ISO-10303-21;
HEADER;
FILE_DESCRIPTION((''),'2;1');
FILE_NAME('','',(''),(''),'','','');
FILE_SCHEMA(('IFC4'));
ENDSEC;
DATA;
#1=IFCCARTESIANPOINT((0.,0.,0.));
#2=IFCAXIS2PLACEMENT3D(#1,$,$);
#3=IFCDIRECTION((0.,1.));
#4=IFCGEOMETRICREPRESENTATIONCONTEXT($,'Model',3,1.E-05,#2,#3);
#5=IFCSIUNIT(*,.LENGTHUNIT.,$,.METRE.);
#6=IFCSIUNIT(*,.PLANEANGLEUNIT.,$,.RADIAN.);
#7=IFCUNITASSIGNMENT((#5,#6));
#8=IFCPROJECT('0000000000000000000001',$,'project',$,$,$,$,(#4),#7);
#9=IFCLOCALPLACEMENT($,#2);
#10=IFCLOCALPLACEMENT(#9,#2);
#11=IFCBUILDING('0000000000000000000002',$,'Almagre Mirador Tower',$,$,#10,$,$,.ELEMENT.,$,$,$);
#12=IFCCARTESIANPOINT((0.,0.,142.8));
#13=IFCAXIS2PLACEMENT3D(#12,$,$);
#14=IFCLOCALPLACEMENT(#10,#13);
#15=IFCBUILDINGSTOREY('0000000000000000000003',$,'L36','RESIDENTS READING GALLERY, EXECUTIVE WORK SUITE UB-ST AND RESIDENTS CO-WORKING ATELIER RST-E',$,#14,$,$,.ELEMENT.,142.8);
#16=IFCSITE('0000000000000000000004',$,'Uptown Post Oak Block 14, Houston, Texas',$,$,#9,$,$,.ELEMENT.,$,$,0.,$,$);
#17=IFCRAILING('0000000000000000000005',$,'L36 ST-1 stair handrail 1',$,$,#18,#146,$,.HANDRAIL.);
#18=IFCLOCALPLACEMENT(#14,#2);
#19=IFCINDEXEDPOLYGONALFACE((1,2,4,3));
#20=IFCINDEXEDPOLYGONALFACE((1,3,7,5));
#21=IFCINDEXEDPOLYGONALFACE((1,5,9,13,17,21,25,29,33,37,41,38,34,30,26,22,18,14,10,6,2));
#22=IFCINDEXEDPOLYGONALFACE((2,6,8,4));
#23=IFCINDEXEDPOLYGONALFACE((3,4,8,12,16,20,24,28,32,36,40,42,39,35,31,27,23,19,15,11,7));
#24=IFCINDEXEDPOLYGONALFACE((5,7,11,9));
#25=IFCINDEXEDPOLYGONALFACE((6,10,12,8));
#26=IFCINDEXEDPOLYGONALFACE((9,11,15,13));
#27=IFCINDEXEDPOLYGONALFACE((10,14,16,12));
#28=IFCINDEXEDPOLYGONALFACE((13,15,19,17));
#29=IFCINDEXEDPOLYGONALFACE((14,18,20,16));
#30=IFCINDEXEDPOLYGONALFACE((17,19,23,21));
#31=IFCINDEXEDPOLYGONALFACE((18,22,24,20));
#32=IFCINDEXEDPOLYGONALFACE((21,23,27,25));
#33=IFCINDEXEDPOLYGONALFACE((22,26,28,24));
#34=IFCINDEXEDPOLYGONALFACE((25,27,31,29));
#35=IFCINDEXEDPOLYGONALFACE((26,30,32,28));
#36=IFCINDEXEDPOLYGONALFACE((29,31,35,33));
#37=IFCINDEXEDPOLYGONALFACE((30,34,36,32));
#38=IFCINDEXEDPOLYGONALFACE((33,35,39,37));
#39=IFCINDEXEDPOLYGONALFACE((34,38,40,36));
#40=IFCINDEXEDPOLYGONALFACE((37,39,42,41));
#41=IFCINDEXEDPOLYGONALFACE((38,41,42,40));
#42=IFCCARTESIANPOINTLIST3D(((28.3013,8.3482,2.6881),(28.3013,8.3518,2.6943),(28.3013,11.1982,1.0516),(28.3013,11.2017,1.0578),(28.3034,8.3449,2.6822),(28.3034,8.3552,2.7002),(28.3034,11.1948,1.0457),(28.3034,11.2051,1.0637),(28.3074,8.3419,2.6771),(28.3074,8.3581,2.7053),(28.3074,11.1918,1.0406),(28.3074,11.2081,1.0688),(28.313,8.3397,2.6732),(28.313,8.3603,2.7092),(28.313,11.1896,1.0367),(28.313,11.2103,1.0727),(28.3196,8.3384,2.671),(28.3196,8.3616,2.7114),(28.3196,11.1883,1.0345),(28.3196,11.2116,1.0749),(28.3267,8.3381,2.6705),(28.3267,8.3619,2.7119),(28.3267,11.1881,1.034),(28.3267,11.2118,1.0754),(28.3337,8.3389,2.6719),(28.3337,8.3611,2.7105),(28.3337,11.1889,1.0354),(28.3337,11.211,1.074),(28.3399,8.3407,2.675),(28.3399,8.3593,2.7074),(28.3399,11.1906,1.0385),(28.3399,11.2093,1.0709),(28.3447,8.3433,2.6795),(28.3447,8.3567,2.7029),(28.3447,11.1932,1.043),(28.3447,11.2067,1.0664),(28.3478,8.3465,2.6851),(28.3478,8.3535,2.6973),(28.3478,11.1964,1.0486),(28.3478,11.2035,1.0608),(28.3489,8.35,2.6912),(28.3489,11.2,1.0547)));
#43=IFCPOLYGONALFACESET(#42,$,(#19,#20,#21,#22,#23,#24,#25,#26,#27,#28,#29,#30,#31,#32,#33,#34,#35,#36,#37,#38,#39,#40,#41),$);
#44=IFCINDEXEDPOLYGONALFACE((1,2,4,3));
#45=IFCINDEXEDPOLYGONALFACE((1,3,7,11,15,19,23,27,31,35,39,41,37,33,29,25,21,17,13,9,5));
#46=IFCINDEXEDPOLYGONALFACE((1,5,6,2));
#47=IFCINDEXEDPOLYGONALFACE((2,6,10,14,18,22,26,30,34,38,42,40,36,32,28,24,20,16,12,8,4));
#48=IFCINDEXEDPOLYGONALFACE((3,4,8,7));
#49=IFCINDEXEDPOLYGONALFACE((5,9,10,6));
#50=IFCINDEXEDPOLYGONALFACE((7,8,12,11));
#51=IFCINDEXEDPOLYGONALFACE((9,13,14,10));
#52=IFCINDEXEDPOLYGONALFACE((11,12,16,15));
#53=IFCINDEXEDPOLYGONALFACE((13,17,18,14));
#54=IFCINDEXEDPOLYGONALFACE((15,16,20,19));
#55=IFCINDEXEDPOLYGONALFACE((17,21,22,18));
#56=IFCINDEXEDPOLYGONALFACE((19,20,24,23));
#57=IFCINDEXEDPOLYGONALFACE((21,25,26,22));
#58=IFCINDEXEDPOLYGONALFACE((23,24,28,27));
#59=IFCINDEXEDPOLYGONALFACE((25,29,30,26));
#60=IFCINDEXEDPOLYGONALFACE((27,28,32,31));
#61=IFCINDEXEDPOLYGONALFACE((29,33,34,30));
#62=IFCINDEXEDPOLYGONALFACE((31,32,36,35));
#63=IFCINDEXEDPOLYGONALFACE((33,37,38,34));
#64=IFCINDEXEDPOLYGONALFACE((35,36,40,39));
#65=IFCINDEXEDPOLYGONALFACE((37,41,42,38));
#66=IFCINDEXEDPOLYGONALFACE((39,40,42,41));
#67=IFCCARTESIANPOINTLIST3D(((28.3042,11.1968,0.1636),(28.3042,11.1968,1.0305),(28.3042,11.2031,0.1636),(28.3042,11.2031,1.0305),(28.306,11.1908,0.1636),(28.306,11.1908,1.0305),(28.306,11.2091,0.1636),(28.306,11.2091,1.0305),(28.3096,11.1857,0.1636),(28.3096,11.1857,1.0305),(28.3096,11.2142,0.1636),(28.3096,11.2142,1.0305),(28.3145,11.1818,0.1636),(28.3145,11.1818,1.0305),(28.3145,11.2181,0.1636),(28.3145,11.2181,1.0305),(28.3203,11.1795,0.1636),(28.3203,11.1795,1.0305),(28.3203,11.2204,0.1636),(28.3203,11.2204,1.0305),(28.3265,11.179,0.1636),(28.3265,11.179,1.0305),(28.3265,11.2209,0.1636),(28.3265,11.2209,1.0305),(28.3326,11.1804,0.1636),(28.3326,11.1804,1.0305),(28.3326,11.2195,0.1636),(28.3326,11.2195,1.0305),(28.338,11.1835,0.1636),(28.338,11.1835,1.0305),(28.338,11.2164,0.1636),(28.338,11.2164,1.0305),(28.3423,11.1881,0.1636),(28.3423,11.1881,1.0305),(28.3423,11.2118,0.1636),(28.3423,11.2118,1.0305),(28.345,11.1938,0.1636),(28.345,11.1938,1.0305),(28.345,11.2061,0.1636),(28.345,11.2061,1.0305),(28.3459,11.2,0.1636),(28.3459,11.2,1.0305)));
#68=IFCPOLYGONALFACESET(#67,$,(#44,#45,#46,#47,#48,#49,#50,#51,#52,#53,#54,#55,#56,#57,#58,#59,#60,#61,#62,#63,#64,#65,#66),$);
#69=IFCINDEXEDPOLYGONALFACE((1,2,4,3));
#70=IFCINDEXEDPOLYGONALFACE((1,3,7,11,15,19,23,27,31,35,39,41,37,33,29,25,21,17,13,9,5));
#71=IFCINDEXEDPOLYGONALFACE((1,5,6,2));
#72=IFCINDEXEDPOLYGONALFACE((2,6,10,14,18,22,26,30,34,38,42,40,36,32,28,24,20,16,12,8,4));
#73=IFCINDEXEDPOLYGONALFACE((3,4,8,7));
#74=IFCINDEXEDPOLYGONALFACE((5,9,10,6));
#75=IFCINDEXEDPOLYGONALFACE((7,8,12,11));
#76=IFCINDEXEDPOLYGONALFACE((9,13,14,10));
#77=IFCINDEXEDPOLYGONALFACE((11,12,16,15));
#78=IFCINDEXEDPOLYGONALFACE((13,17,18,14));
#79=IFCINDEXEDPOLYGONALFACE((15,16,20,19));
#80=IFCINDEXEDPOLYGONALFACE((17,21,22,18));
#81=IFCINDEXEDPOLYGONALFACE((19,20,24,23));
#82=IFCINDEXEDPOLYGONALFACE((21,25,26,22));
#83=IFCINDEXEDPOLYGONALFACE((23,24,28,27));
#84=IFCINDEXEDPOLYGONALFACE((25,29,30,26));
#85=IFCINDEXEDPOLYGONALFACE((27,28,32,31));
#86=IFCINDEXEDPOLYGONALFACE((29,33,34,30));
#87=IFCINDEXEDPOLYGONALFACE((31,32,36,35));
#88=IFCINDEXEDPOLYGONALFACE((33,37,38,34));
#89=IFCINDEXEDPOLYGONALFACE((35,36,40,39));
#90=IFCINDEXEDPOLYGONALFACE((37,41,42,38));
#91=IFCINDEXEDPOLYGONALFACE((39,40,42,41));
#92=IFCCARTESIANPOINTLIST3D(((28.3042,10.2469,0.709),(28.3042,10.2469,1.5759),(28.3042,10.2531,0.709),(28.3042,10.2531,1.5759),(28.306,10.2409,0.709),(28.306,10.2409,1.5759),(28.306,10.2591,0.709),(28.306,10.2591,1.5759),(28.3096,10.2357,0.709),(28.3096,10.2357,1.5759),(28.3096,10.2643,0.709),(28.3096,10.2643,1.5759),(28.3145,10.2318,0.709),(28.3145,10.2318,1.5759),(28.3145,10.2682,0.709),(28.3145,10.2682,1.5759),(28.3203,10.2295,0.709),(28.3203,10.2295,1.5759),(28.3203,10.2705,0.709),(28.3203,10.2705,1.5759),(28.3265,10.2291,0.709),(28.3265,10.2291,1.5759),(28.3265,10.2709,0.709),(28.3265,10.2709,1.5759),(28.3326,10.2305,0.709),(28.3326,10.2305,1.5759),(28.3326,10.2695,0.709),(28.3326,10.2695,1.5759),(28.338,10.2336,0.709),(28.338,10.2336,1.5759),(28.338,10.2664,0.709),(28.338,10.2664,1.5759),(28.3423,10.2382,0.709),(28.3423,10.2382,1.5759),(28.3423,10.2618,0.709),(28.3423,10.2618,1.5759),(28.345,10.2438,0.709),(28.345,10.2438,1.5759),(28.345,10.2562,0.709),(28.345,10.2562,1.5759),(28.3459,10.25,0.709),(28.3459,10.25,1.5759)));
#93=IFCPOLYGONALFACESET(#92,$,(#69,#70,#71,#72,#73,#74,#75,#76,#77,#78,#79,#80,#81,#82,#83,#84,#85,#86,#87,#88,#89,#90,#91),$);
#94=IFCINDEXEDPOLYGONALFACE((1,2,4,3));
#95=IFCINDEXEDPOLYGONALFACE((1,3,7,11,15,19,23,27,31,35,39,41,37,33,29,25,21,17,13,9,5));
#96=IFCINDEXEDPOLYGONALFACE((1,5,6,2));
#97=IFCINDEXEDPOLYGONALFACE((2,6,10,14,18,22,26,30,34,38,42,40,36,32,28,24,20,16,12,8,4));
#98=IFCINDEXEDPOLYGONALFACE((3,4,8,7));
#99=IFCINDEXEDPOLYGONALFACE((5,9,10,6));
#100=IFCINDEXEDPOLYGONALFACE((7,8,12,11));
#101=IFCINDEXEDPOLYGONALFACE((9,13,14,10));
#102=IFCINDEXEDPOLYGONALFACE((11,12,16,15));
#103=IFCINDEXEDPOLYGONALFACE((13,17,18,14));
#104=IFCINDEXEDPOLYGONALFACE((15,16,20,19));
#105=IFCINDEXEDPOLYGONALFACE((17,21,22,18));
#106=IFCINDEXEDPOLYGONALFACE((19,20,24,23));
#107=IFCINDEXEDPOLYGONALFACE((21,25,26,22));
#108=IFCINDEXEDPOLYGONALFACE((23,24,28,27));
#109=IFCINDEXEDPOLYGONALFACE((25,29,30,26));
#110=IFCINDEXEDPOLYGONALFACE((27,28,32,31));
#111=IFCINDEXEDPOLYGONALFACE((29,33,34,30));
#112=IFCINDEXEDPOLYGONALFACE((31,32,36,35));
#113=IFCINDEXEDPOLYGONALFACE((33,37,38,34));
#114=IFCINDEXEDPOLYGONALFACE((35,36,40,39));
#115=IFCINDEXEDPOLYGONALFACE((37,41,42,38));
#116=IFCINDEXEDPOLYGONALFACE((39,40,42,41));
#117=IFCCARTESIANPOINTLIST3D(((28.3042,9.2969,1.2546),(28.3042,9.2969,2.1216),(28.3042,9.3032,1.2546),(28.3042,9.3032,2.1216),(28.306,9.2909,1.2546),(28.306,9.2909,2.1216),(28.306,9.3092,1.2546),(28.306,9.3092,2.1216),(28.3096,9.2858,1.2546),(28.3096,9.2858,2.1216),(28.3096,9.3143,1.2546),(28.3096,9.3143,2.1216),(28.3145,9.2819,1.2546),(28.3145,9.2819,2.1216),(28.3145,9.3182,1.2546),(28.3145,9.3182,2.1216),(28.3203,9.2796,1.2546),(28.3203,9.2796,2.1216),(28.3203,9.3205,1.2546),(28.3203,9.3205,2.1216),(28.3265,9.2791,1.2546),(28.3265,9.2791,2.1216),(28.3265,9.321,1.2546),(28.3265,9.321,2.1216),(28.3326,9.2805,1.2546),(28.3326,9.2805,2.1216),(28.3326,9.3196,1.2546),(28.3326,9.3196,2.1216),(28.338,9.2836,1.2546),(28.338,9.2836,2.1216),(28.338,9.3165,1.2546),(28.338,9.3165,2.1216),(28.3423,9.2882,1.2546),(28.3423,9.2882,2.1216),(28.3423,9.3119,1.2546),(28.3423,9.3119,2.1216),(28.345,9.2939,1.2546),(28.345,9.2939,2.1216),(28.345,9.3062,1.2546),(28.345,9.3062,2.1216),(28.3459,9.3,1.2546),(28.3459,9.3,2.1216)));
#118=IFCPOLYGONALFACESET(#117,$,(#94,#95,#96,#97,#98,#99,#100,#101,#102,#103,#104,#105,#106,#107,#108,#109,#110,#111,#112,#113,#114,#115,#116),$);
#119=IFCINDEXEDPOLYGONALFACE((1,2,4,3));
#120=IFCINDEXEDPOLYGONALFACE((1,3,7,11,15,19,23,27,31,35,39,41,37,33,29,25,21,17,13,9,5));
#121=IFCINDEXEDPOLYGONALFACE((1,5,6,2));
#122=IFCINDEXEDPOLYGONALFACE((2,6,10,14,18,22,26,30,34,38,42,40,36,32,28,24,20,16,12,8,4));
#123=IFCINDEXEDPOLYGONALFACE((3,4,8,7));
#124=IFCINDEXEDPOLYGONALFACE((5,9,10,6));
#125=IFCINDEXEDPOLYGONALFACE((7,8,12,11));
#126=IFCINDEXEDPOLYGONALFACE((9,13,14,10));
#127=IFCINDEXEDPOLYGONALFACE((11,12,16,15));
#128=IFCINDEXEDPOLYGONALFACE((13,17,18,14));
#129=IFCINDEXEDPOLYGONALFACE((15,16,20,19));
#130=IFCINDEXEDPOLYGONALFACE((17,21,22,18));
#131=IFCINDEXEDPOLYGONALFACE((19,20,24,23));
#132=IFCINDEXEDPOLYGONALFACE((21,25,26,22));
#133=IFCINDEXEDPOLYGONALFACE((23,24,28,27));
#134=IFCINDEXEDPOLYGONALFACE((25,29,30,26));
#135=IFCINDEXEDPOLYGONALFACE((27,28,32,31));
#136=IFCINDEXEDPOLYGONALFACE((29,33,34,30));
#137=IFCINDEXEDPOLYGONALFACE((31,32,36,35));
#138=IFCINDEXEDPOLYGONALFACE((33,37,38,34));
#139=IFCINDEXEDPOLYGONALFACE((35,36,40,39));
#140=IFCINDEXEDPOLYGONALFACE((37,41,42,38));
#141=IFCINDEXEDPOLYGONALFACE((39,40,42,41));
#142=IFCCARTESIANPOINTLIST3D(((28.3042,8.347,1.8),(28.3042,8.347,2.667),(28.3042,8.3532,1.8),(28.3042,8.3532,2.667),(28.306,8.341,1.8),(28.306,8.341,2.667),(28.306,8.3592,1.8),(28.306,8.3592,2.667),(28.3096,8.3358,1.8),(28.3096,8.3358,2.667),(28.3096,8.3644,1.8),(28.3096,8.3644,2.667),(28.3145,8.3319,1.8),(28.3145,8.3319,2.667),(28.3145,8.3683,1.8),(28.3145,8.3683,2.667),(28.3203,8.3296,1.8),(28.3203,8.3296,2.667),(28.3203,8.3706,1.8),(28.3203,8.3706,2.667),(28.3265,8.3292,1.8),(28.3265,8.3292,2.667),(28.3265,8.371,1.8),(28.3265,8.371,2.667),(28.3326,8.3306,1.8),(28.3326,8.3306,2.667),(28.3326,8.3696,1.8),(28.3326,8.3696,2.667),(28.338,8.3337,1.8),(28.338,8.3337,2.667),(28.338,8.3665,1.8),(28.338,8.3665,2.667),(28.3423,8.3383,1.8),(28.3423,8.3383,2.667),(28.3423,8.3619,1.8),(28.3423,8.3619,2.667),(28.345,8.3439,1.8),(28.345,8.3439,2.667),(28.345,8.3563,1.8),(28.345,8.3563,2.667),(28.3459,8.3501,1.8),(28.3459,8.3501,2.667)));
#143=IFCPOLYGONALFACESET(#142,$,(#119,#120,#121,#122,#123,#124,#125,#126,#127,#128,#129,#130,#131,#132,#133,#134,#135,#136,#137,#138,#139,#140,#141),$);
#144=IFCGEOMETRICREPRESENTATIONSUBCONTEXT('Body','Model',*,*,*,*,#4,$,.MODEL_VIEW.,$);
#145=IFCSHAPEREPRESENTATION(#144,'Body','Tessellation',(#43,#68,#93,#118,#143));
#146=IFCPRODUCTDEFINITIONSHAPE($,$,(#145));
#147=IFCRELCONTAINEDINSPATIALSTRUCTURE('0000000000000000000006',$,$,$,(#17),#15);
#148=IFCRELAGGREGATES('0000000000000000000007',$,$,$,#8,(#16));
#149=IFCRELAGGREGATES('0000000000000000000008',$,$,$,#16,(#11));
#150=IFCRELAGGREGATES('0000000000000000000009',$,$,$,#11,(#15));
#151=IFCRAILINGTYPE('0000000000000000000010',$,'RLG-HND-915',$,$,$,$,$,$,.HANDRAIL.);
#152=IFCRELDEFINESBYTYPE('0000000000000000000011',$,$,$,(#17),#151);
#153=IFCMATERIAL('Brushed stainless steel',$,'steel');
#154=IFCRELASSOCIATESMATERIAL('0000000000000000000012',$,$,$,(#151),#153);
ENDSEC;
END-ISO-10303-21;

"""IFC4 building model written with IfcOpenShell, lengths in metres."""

from ifc_helpers import new_model, si_unit, direction, frame, origin, origin_2d, place, context, subcontext, project, spatial, circle, extrude, material, type_object, element, save


model = new_model("IFC4")

# Units and contexts
model_context = context("Model", 3, precision=1e-05, world=origin(), true_north=direction((0.0, 1.0)))
body_context = subcontext(model_context, "Body", "Model", "MODEL_VIEW")
ifc_project = project(units=[si_unit("LENGTHUNIT", "METRE"), si_unit("PLANEANGLEUNIT", "RADIAN")], contexts=[model_context])

# Site, building, storey
site_placement = place(None, origin())
site = spatial("IfcSite", under=ifc_project, at=site_placement, Name="Uptown Post Oak Block 14, Houston, Texas", CompositionType="ELEMENT", RefElevation=0.0)
building_placement = place(site_placement, origin())
building = spatial("IfcBuilding", under=site, at=building_placement, Name="Almagre Mirador Tower", CompositionType="ELEMENT")
storey_placement = place(building_placement, frame((0.0, 0.0, 142.8)))
storey = spatial("IfcBuildingStorey", under=building, at=storey_placement, Name="L36", Description="RESIDENTS READING GALLERY, EXECUTIVE WORK SUITE UB-ST AND RESIDENTS CO-WORKING ATELIER RST-E", CompositionType="ELEMENT", Elevation=142.8)

# Railing
ifc_material_1 = material(Name="Brushed stainless steel", Category="steel")
railing_type_1 = type_object("IfcRailingType", Name="RLG-HND-915", PredefinedType="HANDRAIL", material=ifc_material_1)
railing_1_placement = place(storey_placement, frame((28.325, 11.2, 0.1636)))
element("IfcRailing", 1, at=railing_1_placement, inside=storey, type_object=railing_type_1, Name="L36 ST-1 stair handrail 1", PredefinedType="HANDRAIL", context=body_context, shape_type="SweptSolid", body=[
    extrude(circle(Radius=0.0239, at=origin_2d()), frame((0.0, 0.0, 0.8911), z_axis=(0.0, -0.867194, 0.49797), x_axis=(1.0, 0.0, 0.0)), (0.0, 0.0, 1.0), 3.2864),
    extrude(circle(Radius=0.021, at=origin_2d()), origin(), (0.0, 0.0, 1.0), 0.8669),
    extrude(circle(Radius=0.021, at=origin_2d()), frame((0.0, -0.95, 0.5454)), (0.0, 0.0, 1.0), 0.8669),
    extrude(circle(Radius=0.021, at=origin_2d()), frame((0.0, -1.8999, 1.0911)), (0.0, 0.0, 1.0), 0.8669),
    extrude(circle(Radius=0.021, at=origin_2d()), frame((0.0, -2.8499, 1.6365)), (0.0, 0.0, 1.0), 0.8669),
])

save(model, "model.ifc")
